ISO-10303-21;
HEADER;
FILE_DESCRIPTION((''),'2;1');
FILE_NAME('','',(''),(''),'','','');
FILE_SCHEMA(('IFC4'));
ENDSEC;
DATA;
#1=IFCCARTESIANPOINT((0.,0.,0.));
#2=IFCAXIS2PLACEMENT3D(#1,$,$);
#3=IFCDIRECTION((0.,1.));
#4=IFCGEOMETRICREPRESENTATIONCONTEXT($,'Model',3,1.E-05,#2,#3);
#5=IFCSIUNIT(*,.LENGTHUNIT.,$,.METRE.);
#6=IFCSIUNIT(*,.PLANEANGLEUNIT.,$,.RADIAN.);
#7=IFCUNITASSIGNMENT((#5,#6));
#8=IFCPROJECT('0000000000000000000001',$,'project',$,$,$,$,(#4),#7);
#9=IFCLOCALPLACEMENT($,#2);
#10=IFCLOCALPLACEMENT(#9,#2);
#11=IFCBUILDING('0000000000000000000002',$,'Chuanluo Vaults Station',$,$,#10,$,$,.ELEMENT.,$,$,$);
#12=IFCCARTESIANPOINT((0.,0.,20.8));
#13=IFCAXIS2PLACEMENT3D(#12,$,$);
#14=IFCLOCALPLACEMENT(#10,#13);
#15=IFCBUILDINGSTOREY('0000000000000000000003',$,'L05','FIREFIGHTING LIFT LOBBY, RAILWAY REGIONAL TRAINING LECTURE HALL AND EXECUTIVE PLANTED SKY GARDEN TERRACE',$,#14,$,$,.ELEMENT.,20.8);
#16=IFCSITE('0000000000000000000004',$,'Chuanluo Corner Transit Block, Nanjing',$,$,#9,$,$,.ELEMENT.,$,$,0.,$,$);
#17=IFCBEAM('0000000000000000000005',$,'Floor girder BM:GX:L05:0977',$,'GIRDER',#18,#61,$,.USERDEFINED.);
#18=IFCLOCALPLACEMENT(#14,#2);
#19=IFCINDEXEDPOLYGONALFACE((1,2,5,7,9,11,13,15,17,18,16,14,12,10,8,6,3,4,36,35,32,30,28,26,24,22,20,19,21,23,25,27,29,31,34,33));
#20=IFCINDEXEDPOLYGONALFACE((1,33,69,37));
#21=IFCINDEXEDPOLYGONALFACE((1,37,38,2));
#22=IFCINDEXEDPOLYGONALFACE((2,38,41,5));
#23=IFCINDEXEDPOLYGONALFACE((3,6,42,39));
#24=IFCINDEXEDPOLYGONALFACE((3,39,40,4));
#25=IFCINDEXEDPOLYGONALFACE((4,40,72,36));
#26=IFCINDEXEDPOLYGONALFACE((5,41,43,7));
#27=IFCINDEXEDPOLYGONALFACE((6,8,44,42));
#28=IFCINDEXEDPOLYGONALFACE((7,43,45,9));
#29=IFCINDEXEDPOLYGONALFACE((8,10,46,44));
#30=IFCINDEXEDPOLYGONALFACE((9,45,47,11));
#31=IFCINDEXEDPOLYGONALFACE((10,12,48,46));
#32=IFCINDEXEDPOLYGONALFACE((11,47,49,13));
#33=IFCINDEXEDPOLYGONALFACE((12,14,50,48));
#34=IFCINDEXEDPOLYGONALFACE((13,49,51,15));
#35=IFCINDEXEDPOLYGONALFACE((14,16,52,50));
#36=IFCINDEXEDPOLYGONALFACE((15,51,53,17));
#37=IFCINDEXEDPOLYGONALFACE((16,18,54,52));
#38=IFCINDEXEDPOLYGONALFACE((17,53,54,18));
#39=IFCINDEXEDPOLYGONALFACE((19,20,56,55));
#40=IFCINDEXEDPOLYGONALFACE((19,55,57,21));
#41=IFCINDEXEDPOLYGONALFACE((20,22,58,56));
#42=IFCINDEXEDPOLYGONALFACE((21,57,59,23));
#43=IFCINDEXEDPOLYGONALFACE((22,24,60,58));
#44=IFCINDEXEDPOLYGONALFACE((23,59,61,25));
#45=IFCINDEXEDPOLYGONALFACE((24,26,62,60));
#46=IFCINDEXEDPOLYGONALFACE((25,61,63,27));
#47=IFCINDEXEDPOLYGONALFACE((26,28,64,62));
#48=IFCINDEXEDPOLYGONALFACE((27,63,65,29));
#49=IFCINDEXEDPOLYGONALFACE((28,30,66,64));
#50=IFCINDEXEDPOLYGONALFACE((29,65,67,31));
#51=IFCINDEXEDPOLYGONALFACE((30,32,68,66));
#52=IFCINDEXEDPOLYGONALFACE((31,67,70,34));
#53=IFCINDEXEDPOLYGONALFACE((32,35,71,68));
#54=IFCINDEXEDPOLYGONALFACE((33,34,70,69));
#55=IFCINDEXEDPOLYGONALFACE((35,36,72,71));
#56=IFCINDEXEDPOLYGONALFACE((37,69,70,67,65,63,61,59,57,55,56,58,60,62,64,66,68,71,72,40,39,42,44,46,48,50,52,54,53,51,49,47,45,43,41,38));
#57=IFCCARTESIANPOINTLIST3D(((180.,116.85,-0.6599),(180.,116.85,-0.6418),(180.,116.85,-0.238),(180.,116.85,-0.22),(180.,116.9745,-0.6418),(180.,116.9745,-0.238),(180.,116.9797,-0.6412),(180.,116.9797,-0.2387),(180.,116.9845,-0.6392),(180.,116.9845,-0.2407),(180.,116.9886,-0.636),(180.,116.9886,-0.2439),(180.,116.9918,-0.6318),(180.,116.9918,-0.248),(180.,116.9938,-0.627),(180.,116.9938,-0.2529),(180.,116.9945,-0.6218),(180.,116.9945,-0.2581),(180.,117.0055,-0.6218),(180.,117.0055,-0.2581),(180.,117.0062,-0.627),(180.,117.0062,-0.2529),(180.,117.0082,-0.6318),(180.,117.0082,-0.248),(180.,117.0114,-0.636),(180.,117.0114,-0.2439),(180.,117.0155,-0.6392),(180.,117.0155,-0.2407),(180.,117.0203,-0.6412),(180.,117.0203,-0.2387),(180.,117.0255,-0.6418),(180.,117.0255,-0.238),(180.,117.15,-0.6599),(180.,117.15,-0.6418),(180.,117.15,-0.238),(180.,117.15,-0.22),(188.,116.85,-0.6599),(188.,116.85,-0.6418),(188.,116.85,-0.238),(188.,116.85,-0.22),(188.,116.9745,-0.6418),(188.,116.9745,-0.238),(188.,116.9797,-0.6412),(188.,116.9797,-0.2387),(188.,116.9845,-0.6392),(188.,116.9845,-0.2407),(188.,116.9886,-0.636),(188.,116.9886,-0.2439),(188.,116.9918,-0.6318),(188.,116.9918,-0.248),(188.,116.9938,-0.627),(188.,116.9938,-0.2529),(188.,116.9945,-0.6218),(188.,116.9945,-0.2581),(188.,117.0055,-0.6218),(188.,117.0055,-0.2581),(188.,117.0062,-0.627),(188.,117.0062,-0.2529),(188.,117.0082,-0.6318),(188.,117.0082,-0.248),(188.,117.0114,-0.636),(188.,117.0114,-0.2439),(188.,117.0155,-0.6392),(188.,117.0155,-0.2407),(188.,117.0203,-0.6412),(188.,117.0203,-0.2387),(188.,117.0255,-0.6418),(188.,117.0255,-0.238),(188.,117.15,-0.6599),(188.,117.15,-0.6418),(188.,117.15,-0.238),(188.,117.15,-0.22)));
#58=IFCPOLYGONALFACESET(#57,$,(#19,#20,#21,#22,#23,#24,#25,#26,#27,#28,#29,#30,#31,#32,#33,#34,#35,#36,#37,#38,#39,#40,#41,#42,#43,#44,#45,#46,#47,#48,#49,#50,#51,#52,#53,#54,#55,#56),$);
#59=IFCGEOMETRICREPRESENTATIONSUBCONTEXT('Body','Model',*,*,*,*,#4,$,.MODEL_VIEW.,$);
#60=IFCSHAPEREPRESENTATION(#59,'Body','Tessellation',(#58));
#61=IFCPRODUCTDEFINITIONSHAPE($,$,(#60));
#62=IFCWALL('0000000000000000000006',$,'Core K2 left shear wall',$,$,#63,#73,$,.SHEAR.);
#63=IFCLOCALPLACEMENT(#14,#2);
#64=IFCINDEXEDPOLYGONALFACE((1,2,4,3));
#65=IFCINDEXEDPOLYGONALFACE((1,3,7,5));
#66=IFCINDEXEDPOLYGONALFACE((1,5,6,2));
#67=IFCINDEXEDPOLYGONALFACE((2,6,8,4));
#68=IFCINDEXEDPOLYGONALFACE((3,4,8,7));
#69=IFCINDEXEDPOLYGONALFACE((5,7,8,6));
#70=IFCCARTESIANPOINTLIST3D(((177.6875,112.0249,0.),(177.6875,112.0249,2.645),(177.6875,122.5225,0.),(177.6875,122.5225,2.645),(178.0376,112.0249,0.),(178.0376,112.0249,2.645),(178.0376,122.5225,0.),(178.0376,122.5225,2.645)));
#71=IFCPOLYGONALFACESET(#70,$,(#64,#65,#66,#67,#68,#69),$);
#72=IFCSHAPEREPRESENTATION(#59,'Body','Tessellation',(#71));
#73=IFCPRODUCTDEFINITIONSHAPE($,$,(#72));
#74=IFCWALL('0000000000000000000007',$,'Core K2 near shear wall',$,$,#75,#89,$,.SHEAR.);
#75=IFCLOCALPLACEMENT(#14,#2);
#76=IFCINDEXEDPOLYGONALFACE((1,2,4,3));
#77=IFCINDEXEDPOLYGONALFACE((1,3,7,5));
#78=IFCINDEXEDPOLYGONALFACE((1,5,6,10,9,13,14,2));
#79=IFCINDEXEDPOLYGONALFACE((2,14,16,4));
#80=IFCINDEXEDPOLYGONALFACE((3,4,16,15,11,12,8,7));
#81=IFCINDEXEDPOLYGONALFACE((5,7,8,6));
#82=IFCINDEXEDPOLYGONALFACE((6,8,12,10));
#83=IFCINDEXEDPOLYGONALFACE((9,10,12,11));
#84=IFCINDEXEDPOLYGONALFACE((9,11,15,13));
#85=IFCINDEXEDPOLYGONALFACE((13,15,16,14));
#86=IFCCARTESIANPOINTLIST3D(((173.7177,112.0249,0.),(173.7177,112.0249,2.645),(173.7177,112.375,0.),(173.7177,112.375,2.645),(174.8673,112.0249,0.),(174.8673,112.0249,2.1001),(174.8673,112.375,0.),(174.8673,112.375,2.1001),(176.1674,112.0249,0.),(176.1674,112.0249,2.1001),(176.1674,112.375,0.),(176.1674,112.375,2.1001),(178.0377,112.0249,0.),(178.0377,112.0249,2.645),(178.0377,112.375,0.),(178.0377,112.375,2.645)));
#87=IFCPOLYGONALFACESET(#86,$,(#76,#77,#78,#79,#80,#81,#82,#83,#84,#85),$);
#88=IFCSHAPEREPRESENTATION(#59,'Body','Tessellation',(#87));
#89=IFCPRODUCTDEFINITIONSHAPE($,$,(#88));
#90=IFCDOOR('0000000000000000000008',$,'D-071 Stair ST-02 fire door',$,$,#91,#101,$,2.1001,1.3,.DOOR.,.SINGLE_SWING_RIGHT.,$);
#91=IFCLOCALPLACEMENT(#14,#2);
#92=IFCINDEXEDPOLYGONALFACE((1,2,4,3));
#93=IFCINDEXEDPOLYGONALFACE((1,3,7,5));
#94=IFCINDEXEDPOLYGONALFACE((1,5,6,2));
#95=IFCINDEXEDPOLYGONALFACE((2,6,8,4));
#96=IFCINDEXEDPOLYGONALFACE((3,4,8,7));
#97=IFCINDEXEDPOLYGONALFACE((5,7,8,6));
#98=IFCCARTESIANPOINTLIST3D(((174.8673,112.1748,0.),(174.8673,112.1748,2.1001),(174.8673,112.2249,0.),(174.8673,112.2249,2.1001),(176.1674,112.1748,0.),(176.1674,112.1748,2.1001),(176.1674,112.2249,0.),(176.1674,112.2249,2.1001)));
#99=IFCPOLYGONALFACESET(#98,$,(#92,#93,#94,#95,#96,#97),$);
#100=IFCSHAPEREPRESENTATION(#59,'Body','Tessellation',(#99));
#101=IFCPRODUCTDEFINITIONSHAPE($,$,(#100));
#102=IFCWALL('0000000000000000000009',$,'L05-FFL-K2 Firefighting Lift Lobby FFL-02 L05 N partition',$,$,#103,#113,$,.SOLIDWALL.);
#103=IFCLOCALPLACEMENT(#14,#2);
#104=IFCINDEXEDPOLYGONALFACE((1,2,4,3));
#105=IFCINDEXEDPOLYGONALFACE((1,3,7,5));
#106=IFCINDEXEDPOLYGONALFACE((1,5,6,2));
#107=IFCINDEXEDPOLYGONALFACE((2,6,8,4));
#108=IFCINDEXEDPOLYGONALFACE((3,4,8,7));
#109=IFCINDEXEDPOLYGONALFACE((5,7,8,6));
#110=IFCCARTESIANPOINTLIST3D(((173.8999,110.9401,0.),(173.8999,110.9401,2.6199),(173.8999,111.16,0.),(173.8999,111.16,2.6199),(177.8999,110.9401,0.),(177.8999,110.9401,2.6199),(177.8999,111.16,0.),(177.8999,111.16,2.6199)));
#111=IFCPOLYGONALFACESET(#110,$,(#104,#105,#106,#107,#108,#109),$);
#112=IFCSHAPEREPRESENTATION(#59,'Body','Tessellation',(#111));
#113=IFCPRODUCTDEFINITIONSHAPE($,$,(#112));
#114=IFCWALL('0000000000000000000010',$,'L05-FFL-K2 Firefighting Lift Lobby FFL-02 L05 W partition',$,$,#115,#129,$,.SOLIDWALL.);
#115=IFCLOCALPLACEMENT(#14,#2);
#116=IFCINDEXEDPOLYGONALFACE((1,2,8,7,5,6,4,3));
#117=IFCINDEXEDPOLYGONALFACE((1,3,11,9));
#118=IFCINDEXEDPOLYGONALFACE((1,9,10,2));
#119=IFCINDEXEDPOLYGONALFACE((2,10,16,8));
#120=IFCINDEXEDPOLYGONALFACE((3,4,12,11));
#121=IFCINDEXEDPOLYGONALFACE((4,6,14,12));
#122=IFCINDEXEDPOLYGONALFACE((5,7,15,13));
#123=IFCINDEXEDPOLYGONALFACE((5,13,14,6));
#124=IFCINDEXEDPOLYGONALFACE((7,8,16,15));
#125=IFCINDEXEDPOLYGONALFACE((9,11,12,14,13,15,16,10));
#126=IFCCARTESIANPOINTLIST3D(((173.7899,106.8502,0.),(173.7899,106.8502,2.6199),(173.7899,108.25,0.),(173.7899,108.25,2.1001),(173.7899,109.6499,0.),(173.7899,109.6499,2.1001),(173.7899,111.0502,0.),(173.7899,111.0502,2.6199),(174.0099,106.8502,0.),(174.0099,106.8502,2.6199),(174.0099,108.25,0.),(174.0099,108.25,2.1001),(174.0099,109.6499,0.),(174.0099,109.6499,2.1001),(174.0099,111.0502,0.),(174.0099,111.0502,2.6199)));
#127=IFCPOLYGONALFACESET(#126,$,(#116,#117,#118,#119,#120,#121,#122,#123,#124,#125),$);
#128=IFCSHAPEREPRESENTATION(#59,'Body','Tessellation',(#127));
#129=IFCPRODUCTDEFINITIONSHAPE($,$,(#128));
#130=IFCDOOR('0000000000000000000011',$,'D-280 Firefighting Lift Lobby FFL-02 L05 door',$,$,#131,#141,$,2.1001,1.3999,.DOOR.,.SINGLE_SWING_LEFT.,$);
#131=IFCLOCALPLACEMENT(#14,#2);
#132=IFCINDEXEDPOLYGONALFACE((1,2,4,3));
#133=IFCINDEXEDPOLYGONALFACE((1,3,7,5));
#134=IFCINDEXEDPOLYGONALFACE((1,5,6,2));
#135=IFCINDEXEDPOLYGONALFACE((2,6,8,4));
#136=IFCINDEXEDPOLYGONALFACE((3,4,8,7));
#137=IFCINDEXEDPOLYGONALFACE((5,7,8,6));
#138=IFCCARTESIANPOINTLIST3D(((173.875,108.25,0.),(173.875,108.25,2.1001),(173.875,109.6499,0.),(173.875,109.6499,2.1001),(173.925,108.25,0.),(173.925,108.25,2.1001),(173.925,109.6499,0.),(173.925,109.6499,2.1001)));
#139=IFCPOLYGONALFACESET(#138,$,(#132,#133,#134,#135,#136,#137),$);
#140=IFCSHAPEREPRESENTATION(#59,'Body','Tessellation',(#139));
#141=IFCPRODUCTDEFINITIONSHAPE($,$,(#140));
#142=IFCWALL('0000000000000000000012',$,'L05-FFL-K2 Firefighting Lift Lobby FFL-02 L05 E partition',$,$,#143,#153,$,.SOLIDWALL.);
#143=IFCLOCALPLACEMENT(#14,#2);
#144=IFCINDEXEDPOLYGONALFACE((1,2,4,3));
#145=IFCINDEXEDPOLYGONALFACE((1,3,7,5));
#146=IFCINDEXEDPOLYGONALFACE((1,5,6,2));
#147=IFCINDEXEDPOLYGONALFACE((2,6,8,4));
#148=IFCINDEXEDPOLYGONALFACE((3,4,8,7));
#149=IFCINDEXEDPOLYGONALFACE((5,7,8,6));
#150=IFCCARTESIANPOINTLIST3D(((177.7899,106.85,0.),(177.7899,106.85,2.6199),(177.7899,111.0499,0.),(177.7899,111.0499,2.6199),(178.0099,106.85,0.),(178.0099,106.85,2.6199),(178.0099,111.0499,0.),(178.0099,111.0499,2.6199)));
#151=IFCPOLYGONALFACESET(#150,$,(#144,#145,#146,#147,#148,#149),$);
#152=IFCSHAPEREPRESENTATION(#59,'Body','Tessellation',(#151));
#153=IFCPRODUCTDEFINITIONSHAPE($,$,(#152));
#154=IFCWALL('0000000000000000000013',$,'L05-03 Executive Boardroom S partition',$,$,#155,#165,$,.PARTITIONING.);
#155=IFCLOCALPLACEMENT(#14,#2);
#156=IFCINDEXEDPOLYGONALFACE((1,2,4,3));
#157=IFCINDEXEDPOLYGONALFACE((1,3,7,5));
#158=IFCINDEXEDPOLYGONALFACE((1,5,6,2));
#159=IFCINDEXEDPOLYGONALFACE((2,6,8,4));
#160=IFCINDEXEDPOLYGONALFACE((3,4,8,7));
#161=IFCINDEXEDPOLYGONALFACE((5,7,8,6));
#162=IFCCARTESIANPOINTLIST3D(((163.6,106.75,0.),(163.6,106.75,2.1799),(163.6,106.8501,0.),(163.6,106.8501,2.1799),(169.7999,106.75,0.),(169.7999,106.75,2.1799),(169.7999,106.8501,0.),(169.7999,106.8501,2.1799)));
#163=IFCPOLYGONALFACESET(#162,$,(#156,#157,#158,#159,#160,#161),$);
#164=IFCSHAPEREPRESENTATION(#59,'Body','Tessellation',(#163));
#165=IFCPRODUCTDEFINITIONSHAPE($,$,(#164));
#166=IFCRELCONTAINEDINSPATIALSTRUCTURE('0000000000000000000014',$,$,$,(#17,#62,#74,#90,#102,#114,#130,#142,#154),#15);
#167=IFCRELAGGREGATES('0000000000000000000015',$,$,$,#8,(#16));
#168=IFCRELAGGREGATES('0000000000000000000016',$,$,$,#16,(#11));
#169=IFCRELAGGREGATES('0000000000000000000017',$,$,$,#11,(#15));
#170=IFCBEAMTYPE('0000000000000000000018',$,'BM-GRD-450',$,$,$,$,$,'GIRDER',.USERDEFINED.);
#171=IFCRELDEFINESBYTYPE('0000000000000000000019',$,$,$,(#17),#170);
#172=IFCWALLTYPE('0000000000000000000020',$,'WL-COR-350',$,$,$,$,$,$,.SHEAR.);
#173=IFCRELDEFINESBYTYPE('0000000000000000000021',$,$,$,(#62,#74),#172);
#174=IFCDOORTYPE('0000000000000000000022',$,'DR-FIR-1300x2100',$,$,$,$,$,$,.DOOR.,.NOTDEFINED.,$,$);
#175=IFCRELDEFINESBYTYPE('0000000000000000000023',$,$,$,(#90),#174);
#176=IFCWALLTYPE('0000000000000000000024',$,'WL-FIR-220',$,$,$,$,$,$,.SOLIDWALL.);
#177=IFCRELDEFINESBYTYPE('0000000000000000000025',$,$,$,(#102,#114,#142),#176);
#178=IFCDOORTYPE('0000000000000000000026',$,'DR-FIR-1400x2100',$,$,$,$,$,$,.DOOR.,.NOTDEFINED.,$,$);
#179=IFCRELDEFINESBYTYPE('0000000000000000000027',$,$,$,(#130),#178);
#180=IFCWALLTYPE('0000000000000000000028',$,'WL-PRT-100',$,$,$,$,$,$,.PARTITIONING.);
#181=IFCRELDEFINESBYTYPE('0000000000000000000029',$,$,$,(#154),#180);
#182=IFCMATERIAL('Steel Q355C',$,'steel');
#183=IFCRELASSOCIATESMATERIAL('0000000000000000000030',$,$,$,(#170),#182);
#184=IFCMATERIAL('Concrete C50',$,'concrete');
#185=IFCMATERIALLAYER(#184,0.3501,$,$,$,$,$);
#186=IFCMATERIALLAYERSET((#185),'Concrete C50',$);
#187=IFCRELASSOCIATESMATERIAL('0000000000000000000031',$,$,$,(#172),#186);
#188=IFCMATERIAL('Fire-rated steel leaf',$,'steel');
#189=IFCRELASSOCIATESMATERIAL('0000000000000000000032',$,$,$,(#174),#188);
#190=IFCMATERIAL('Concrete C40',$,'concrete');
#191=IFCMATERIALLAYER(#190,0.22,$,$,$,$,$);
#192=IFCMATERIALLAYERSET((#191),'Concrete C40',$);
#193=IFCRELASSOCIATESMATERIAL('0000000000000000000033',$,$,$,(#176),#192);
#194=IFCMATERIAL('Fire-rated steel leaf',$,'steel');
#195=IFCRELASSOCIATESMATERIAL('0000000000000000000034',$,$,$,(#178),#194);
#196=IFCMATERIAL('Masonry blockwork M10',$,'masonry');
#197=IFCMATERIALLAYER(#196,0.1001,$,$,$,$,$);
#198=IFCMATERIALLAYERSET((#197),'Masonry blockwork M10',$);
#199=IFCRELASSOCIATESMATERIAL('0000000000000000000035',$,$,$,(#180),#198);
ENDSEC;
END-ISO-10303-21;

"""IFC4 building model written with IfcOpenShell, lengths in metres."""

from ifc_helpers import new_model, si_unit, direction, frame, frame_2d, origin, origin_2d, place, context, subcontext, project, spatial, rectangle, i_section, extrude, material, layer, layer_set, material_profile, profile_set, type_object, element, fill, save


model = new_model("IFC4")

# Units and contexts
model_context = context("Model", 3, precision=1e-05, world=origin(), true_north=direction((0.0, 1.0)))
body_context = subcontext(model_context, "Body", "Model", "MODEL_VIEW")
ifc_project = project(units=[si_unit("LENGTHUNIT", "METRE"), si_unit("PLANEANGLEUNIT", "RADIAN")], contexts=[model_context])

# Site, building, storey
site_placement = place(None, origin())
site = spatial("IfcSite", under=ifc_project, at=site_placement, Name="Chuanluo Corner Transit Block, Nanjing", CompositionType="ELEMENT", RefElevation=0.0)
building_placement = place(site_placement, origin())
building = spatial("IfcBuilding", under=site, at=building_placement, Name="Chuanluo Vaults Station", CompositionType="ELEMENT")
storey_placement = place(building_placement, frame((0.0, 0.0, 20.8)))
storey = spatial("IfcBuildingStorey", under=building, at=storey_placement, Name="L05", Description="FIREFIGHTING LIFT LOBBY, RAILWAY REGIONAL TRAINING LECTURE HALL AND EXECUTIVE PLANTED SKY GARDEN TERRACE", CompositionType="ELEMENT", Elevation=20.8)

# Beam
ifc_material_1 = material(Name="Steel Q355C", Category="steel")
ifc_material_profile_1 = material_profile(ifc_material_1, i_section(OverallWidth=0.3, OverallDepth=0.4399, WebThickness=0.011, FlangeThickness=0.0181, FilletRadius=0.02, at=origin_2d()))
ifc_profile_set_1 = profile_set([ifc_material_profile_1], Name="Steel Q355C")
beam_type_1 = type_object("IfcBeamType", Name="BM-GRD-450", ElementType="GIRDER", PredefinedType="USERDEFINED", material=ifc_profile_set_1)
beam_placement = place(storey_placement, frame((180.0, 117.0, -0.4399), z_axis=(1.0, 0.0, 0.0), x_axis=(0.0, 1.0, 0.0)))
element("IfcBeam", 1, at=beam_placement, inside=storey, type_object=beam_type_1, Name="Floor girder BM:GX:L05:0977", ObjectType="GIRDER", PredefinedType="USERDEFINED", context=body_context, shape_type="SweptSolid", body=[
    extrude(i_section(OverallWidth=0.3, OverallDepth=0.4399, WebThickness=0.011, FlangeThickness=0.0181, FilletRadius=0.02, at=origin_2d()), origin(), (0.0, 0.0, 1.0), 8.0),
])

# Wall
ifc_material_2 = material(Name="Concrete C50", Category="concrete")
ifc_layer_1 = layer(ifc_material_2, 0.3501)
ifc_layer_set_1 = layer_set([ifc_layer_1], Name="Concrete C50")
wall_type_1 = type_object("IfcWallType", Name="WL-COR-350", PredefinedType="SHEAR", material=ifc_layer_set_1)
wall_1_placement = place(storey_placement, frame((177.8625, 112.0249, 0.0), z_axis=(0.0, 0.0, 1.0), x_axis=(0.0, 1.0, 0.0)))
element("IfcWall", 2, at=wall_1_placement, inside=storey, type_object=wall_type_1, Name="Core K2 left shear wall", PredefinedType="SHEAR", context=body_context, shape_type="SweptSolid", body=[
    extrude(rectangle(XDim=10.4976, YDim=0.3501, at=frame_2d((5.2488, 0.0))), origin(), (0.0, 0.0, 1.0), 2.645),
])

# Wall, opening, door
wall_2_placement = place(storey_placement, frame((173.7175, 112.2, 0.0), z_axis=(0.0, 0.0, 1.0), x_axis=(1.0, 0.0, 0.0)))
wall_2 = element("IfcWall", 3, at=wall_2_placement, inside=storey, type_object=wall_type_1, Name="Core K2 near shear wall", PredefinedType="SHEAR", context=body_context, shape_type="SweptSolid", body=[
    extrude(rectangle(XDim=4.3201, YDim=0.3501, at=frame_2d((2.1602, 0.0))), origin(), (0.0, 0.0, 1.0), 2.645),
])
opening_1_placement = place(wall_2_placement, frame((1.1499, 0.0, 0.0)))
opening_1 = element("IfcOpeningElement", 4, at=opening_1_placement, cuts=wall_2, PredefinedType="OPENING", context=body_context, shape_type="SweptSolid", body=[
    extrude(rectangle(XDim=1.3, YDim=2.1001, at=frame_2d((0.6499, 1.05))), frame((0.0, 0.185, 0.0), z_axis=(0.0, -1.0, 0.0), x_axis=(1.0, 0.0, 0.0)), (0.0, 0.0, 1.0), 0.3701),
])
ifc_material_3 = material(Name="Fire-rated steel leaf", Category="steel")
door_type_1 = type_object("IfcDoorType", Name="DR-FIR-1300x2100", OperationType="NOTDEFINED", PredefinedType="DOOR", material=ifc_material_3)
door_1_placement = place(opening_1_placement, origin())
door_1 = element("IfcDoor", 5, at=door_1_placement, inside=storey, type_object=door_type_1, Name="D-071 Stair ST-02 fire door", OperationType="SINGLE_SWING_RIGHT", OverallHeight=2.1001, OverallWidth=1.3, PredefinedType="DOOR", context=body_context, shape_type="SweptSolid", body=[
    extrude(rectangle(XDim=1.3, YDim=2.1001, at=frame_2d((0.6499, 1.05))), frame((0.0, 0.0249, 0.0), z_axis=(0.0, -1.0, 0.0), x_axis=(1.0, 0.0, 0.0)), (0.0, 0.0, 1.0), 0.05),
])
fill(opening_1, door_1)

# Wall
ifc_material_4 = material(Name="Concrete C40", Category="concrete")
ifc_layer_2 = layer(ifc_material_4, 0.22)
ifc_layer_set_2 = layer_set([ifc_layer_2], Name="Concrete C40")
wall_type_2 = type_object("IfcWallType", Name="WL-FIR-220", PredefinedType="SOLIDWALL", material=ifc_layer_set_2)
wall_3_placement = place(storey_placement, frame((173.8999, 111.05, 0.0), z_axis=(0.0, 0.0, 1.0), x_axis=(1.0, 0.0, 0.0)))
element("IfcWall", 6, at=wall_3_placement, inside=storey, type_object=wall_type_2, Name="L05-FFL-K2 Firefighting Lift Lobby FFL-02 L05 N partition", PredefinedType="SOLIDWALL", context=body_context, shape_type="SweptSolid", body=[
    extrude(rectangle(XDim=4.0, YDim=0.22, at=frame_2d((2.0, 0.0))), origin(), (0.0, 0.0, 1.0), 2.6199),
])

# Wall, opening, door
wall_4_placement = place(storey_placement, frame((173.8999, 106.8501, 0.0), z_axis=(0.0, 0.0, 1.0), x_axis=(0.0, 1.0, 0.0)))
wall_4 = element("IfcWall", 7, at=wall_4_placement, inside=storey, type_object=wall_type_2, Name="L05-FFL-K2 Firefighting Lift Lobby FFL-02 L05 W partition", PredefinedType="SOLIDWALL", context=body_context, shape_type="SweptSolid", body=[
    extrude(rectangle(XDim=4.2, YDim=0.22, at=frame_2d((2.1001, 0.0))), origin(), (0.0, 0.0, 1.0), 2.6199),
])
opening_2_placement = place(wall_4_placement, frame((1.3999, 0.0, 0.0)))
opening_2 = element("IfcOpeningElement", 8, at=opening_2_placement, cuts=wall_4, PredefinedType="OPENING", context=body_context, shape_type="SweptSolid", body=[
    extrude(rectangle(XDim=1.3999, YDim=2.1001, at=frame_2d((0.7, 1.05))), frame((0.0, 0.1199, 0.0), z_axis=(0.0, -1.0, 0.0), x_axis=(1.0, 0.0, 0.0)), (0.0, 0.0, 1.0), 0.24),
])
ifc_material_5 = material(Name="Fire-rated steel leaf", Category="steel")
door_type_2 = type_object("IfcDoorType", Name="DR-FIR-1400x2100", OperationType="NOTDEFINED", PredefinedType="DOOR", material=ifc_material_5)
door_2_placement = place(opening_2_placement, origin())
door_2 = element("IfcDoor", 9, at=door_2_placement, inside=storey, type_object=door_type_2, Name="D-280 Firefighting Lift Lobby FFL-02 L05 door", OperationType="SINGLE_SWING_LEFT", OverallHeight=2.1001, OverallWidth=1.3999, PredefinedType="DOOR", context=body_context, shape_type="SweptSolid", body=[
    extrude(rectangle(XDim=1.3999, YDim=2.1001, at=frame_2d((0.7, 1.05))), frame((0.0, 0.0249, 0.0), z_axis=(0.0, -1.0, 0.0), x_axis=(1.0, 0.0, 0.0)), (0.0, 0.0, 1.0), 0.05),
])
fill(opening_2, door_2)

# Walls
wall_5_placement = place(storey_placement, frame((177.8999, 111.05, 0.0), z_axis=(0.0, 0.0, 1.0), x_axis=(0.0, -1.0, 0.0)))
element("IfcWall", 10, at=wall_5_placement, inside=storey, type_object=wall_type_2, Name="L05-FFL-K2 Firefighting Lift Lobby FFL-02 L05 E partition", PredefinedType="SOLIDWALL", context=body_context, shape_type="SweptSolid", body=[
    extrude(rectangle(XDim=4.2, YDim=0.22, at=frame_2d((2.1001, 0.0))), origin(), (0.0, 0.0, 1.0), 2.6199),
])
ifc_material_6 = material(Name="Masonry blockwork M10", Category="masonry")
ifc_layer_3 = layer(ifc_material_6, 0.1001)
ifc_layer_set_3 = layer_set([ifc_layer_3], Name="Masonry blockwork M10")
wall_type_3 = type_object("IfcWallType", Name="WL-PRT-100", PredefinedType="PARTITIONING", material=ifc_layer_set_3)
wall_6_placement = place(storey_placement, frame((169.8, 106.8, 0.0), z_axis=(0.0, 0.0, 1.0), x_axis=(-1.0, 0.0, 0.0)))
element("IfcWall", 11, at=wall_6_placement, inside=storey, type_object=wall_type_3, Name="L05-03 Executive Boardroom S partition", PredefinedType="PARTITIONING", context=body_context, shape_type="SweptSolid", body=[
    extrude(rectangle(XDim=6.2, YDim=0.1001, at=frame_2d((3.1001, 0.0))), origin(), (0.0, 0.0, 1.0), 2.1799),
])

save(model, "model.ifc")
